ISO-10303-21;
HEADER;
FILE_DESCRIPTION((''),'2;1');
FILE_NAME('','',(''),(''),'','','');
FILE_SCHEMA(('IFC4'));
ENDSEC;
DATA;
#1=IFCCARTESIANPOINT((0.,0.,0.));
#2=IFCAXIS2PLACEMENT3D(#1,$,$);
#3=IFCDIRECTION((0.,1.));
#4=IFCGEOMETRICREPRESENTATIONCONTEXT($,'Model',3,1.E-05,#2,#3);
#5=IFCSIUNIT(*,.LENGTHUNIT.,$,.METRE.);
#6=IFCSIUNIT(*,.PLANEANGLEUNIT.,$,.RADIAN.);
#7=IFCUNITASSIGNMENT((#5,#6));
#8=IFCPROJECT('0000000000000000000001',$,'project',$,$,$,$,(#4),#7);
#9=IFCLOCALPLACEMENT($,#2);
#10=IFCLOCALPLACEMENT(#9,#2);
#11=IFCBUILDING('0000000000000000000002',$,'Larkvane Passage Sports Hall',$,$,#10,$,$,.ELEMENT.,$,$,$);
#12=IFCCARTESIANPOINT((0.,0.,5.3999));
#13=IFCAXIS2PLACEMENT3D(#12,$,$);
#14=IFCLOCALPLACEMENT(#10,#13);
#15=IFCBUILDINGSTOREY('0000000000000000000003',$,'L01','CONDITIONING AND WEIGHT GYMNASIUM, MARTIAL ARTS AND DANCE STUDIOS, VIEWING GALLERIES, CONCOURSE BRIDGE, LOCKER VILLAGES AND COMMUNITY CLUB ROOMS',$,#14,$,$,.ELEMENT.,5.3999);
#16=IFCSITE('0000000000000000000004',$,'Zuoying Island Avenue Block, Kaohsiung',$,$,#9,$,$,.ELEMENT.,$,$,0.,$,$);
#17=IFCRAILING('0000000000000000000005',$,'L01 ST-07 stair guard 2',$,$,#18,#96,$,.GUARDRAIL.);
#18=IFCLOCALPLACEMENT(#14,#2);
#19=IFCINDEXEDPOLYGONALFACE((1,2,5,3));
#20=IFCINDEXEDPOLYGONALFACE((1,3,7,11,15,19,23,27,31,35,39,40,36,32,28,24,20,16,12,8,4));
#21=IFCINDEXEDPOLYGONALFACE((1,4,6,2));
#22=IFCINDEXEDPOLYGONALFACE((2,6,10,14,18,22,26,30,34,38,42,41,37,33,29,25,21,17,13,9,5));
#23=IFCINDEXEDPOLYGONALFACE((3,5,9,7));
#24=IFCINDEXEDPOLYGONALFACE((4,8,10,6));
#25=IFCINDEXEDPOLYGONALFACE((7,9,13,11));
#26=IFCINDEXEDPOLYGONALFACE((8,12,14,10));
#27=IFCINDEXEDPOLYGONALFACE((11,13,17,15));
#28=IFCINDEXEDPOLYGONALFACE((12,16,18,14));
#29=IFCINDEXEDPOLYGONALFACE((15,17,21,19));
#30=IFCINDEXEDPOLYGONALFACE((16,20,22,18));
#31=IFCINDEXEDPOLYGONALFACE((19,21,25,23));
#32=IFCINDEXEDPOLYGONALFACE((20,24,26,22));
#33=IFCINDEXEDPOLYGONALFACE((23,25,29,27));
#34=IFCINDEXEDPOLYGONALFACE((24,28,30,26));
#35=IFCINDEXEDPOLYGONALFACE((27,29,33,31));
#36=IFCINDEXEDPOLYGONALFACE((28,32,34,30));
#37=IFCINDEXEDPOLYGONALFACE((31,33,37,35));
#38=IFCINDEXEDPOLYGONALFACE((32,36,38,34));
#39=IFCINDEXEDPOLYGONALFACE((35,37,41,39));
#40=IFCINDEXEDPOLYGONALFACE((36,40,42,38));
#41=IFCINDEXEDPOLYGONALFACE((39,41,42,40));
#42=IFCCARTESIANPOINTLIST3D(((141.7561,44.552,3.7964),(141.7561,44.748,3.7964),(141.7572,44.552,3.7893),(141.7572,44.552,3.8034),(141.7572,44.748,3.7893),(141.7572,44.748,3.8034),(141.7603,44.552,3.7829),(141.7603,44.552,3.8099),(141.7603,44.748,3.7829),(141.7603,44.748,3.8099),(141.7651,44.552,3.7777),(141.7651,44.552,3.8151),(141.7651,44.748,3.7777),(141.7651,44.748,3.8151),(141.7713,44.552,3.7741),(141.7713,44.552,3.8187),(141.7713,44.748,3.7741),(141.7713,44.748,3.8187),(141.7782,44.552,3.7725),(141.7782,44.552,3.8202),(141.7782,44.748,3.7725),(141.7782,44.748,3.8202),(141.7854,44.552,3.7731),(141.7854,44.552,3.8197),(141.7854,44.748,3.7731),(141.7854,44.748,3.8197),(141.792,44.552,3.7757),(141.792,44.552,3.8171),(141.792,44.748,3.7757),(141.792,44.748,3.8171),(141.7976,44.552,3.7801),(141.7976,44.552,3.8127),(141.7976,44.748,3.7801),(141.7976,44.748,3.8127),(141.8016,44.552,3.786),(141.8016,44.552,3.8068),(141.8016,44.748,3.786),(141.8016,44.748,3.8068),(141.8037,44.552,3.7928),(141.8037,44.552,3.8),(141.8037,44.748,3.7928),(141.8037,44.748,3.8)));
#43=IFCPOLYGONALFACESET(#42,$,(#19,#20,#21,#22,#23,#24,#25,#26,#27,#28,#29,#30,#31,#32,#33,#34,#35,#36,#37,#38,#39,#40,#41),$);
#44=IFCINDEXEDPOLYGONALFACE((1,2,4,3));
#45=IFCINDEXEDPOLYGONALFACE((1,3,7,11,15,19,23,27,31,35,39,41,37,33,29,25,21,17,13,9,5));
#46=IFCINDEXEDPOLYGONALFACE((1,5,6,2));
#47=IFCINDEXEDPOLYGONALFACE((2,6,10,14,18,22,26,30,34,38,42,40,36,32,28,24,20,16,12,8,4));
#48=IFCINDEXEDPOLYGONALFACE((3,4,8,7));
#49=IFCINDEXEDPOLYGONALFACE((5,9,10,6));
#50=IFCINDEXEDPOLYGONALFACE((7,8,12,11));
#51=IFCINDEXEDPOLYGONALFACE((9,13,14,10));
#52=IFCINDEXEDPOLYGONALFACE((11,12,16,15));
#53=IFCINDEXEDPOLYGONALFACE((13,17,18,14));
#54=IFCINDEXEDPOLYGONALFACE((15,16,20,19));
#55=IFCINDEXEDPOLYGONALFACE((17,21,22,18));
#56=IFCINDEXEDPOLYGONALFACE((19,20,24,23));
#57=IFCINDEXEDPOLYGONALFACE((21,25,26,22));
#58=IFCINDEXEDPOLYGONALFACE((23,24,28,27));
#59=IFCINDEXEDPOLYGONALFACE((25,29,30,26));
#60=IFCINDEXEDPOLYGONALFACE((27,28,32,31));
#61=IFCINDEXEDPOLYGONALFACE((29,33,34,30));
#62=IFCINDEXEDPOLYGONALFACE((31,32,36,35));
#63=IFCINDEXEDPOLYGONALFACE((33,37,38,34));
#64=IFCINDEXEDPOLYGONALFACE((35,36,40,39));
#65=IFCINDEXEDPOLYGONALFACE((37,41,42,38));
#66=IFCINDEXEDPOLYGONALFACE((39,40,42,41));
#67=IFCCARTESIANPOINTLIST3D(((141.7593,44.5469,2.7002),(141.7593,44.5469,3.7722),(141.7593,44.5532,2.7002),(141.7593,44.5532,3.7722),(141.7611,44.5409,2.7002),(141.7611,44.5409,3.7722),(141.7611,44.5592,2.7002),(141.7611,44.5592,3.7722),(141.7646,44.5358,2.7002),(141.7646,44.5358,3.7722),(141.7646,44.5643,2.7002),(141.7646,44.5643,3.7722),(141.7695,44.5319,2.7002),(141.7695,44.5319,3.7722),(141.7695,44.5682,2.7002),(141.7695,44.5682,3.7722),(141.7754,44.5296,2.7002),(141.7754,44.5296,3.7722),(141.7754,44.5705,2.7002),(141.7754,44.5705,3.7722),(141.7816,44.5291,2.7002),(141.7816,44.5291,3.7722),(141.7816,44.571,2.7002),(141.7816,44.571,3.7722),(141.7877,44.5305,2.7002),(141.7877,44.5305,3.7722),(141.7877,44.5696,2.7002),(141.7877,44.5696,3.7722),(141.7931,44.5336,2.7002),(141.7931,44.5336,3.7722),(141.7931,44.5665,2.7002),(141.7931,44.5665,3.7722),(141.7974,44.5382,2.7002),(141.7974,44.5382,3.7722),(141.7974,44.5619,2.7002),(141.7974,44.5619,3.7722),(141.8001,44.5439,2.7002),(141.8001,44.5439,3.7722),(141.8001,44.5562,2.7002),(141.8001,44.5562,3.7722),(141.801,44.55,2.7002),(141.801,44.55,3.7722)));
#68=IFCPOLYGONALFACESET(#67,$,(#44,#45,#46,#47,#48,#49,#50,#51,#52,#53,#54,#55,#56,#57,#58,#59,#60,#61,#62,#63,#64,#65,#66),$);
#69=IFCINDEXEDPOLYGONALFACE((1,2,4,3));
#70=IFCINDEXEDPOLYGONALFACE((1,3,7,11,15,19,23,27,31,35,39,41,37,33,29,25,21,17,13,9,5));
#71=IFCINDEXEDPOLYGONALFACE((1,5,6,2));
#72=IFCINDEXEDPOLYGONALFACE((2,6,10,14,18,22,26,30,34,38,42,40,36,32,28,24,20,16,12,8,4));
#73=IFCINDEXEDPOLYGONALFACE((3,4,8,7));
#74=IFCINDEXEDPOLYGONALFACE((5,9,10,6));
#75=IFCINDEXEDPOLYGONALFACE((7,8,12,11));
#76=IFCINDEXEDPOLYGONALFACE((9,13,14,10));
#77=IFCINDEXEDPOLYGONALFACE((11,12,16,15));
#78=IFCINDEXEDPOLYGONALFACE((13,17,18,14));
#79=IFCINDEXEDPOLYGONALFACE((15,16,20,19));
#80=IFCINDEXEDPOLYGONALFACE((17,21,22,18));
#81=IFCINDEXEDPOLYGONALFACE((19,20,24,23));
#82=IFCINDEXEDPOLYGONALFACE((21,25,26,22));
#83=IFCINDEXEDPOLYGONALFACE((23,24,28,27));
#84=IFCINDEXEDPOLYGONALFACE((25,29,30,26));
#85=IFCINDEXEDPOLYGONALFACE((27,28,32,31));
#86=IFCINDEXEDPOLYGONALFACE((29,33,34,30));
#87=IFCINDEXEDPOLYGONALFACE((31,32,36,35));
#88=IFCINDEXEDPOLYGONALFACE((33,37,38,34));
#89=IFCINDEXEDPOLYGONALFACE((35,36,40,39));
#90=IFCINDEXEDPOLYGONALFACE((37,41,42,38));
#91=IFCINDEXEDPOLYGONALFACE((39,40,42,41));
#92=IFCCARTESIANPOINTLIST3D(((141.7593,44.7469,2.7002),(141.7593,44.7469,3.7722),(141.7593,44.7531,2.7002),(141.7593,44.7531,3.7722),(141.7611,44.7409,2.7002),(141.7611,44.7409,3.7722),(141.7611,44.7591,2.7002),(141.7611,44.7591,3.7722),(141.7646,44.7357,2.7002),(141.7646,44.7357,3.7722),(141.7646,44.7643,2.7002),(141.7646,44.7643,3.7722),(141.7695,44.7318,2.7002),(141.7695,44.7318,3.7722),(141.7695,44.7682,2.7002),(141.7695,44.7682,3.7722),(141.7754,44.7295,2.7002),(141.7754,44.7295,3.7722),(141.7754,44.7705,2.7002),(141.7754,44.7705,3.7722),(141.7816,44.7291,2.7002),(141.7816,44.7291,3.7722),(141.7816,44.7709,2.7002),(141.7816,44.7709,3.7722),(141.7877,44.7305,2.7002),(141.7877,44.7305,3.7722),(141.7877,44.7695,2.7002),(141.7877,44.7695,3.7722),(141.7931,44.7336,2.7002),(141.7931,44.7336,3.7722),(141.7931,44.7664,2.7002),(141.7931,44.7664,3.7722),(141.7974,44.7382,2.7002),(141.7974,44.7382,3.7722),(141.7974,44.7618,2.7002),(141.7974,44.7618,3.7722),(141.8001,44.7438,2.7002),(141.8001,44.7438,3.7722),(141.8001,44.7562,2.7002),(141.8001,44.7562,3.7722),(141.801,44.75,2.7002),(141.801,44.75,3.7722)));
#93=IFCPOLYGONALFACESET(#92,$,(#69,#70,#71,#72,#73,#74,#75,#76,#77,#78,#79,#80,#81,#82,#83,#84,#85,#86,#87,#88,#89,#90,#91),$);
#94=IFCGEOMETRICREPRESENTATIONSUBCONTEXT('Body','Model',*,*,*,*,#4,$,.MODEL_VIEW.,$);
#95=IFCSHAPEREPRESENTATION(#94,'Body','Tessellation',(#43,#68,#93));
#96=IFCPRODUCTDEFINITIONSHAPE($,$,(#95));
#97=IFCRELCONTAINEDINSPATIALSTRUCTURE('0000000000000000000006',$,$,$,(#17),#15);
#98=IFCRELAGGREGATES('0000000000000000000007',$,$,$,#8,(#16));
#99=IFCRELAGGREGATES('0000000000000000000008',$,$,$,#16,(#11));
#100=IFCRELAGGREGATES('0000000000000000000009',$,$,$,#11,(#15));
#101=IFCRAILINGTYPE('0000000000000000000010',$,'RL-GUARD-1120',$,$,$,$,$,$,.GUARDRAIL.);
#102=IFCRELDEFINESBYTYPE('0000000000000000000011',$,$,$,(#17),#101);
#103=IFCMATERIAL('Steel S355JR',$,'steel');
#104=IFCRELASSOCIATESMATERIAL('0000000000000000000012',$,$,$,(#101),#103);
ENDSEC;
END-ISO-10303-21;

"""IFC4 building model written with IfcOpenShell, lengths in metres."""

from ifc_helpers import new_model, si_unit, direction, frame, origin, origin_2d, place, context, subcontext, project, spatial, circle, extrude, material, type_object, element, save


model = new_model("IFC4")

# Units and contexts
model_context = context("Model", 3, precision=1e-05, world=origin(), true_north=direction((0.0, 1.0)))
body_context = subcontext(model_context, "Body", "Model", "MODEL_VIEW")
ifc_project = project(units=[si_unit("LENGTHUNIT", "METRE"), si_unit("PLANEANGLEUNIT", "RADIAN")], contexts=[model_context])

# Site, building, storey
site_placement = place(None, origin())
site = spatial("IfcSite", under=ifc_project, at=site_placement, Name="Zuoying Island Avenue Block, Kaohsiung", CompositionType="ELEMENT", RefElevation=0.0)
building_placement = place(site_placement, origin())
building = spatial("IfcBuilding", under=site, at=building_placement, Name="Larkvane Passage Sports Hall", CompositionType="ELEMENT")
storey_placement = place(building_placement, frame((0.0, 0.0, 5.3999)))
storey = spatial("IfcBuildingStorey", under=building, at=storey_placement, Name="L01", Description="CONDITIONING AND WEIGHT GYMNASIUM, MARTIAL ARTS AND DANCE STUDIOS, VIEWING GALLERIES, CONCOURSE BRIDGE, LOCKER VILLAGES AND COMMUNITY CLUB ROOMS", CompositionType="ELEMENT", Elevation=5.3999)

# Shared definitions
ifc_material_1 = material(Name="Steel S355JR", Category="steel")

# Railing
railing_type_1 = type_object("IfcRailingType", Name="RL-GUARD-1120", PredefinedType="GUARDRAIL", material=ifc_material_1)
railing_1_placement = place(storey_placement, frame((141.78, 44.55, 2.7002)))
element("IfcRailing", 1, at=railing_1_placement, inside=storey, type_object=railing_type_1, Name="L01 ST-07 stair guard 2", PredefinedType="GUARDRAIL", context=body_context, shape_type="SweptSolid", body=[
    extrude(circle(Radius=0.0239, at=origin_2d()), frame((0.0, 0.002, 1.0962), z_axis=(0.0, 1.0, 0.0), x_axis=(-1.0, 0.0, 0.0)), (0.0, 0.0, 1.0), 0.196),
    extrude(circle(Radius=0.021, at=origin_2d()), origin(), (0.0, 0.0, 1.0), 1.072),
    extrude(circle(Radius=0.021, at=origin_2d()), frame((0.0, 0.2, 0.0)), (0.0, 0.0, 1.0), 1.072),
])

save(model, "model.ifc")
